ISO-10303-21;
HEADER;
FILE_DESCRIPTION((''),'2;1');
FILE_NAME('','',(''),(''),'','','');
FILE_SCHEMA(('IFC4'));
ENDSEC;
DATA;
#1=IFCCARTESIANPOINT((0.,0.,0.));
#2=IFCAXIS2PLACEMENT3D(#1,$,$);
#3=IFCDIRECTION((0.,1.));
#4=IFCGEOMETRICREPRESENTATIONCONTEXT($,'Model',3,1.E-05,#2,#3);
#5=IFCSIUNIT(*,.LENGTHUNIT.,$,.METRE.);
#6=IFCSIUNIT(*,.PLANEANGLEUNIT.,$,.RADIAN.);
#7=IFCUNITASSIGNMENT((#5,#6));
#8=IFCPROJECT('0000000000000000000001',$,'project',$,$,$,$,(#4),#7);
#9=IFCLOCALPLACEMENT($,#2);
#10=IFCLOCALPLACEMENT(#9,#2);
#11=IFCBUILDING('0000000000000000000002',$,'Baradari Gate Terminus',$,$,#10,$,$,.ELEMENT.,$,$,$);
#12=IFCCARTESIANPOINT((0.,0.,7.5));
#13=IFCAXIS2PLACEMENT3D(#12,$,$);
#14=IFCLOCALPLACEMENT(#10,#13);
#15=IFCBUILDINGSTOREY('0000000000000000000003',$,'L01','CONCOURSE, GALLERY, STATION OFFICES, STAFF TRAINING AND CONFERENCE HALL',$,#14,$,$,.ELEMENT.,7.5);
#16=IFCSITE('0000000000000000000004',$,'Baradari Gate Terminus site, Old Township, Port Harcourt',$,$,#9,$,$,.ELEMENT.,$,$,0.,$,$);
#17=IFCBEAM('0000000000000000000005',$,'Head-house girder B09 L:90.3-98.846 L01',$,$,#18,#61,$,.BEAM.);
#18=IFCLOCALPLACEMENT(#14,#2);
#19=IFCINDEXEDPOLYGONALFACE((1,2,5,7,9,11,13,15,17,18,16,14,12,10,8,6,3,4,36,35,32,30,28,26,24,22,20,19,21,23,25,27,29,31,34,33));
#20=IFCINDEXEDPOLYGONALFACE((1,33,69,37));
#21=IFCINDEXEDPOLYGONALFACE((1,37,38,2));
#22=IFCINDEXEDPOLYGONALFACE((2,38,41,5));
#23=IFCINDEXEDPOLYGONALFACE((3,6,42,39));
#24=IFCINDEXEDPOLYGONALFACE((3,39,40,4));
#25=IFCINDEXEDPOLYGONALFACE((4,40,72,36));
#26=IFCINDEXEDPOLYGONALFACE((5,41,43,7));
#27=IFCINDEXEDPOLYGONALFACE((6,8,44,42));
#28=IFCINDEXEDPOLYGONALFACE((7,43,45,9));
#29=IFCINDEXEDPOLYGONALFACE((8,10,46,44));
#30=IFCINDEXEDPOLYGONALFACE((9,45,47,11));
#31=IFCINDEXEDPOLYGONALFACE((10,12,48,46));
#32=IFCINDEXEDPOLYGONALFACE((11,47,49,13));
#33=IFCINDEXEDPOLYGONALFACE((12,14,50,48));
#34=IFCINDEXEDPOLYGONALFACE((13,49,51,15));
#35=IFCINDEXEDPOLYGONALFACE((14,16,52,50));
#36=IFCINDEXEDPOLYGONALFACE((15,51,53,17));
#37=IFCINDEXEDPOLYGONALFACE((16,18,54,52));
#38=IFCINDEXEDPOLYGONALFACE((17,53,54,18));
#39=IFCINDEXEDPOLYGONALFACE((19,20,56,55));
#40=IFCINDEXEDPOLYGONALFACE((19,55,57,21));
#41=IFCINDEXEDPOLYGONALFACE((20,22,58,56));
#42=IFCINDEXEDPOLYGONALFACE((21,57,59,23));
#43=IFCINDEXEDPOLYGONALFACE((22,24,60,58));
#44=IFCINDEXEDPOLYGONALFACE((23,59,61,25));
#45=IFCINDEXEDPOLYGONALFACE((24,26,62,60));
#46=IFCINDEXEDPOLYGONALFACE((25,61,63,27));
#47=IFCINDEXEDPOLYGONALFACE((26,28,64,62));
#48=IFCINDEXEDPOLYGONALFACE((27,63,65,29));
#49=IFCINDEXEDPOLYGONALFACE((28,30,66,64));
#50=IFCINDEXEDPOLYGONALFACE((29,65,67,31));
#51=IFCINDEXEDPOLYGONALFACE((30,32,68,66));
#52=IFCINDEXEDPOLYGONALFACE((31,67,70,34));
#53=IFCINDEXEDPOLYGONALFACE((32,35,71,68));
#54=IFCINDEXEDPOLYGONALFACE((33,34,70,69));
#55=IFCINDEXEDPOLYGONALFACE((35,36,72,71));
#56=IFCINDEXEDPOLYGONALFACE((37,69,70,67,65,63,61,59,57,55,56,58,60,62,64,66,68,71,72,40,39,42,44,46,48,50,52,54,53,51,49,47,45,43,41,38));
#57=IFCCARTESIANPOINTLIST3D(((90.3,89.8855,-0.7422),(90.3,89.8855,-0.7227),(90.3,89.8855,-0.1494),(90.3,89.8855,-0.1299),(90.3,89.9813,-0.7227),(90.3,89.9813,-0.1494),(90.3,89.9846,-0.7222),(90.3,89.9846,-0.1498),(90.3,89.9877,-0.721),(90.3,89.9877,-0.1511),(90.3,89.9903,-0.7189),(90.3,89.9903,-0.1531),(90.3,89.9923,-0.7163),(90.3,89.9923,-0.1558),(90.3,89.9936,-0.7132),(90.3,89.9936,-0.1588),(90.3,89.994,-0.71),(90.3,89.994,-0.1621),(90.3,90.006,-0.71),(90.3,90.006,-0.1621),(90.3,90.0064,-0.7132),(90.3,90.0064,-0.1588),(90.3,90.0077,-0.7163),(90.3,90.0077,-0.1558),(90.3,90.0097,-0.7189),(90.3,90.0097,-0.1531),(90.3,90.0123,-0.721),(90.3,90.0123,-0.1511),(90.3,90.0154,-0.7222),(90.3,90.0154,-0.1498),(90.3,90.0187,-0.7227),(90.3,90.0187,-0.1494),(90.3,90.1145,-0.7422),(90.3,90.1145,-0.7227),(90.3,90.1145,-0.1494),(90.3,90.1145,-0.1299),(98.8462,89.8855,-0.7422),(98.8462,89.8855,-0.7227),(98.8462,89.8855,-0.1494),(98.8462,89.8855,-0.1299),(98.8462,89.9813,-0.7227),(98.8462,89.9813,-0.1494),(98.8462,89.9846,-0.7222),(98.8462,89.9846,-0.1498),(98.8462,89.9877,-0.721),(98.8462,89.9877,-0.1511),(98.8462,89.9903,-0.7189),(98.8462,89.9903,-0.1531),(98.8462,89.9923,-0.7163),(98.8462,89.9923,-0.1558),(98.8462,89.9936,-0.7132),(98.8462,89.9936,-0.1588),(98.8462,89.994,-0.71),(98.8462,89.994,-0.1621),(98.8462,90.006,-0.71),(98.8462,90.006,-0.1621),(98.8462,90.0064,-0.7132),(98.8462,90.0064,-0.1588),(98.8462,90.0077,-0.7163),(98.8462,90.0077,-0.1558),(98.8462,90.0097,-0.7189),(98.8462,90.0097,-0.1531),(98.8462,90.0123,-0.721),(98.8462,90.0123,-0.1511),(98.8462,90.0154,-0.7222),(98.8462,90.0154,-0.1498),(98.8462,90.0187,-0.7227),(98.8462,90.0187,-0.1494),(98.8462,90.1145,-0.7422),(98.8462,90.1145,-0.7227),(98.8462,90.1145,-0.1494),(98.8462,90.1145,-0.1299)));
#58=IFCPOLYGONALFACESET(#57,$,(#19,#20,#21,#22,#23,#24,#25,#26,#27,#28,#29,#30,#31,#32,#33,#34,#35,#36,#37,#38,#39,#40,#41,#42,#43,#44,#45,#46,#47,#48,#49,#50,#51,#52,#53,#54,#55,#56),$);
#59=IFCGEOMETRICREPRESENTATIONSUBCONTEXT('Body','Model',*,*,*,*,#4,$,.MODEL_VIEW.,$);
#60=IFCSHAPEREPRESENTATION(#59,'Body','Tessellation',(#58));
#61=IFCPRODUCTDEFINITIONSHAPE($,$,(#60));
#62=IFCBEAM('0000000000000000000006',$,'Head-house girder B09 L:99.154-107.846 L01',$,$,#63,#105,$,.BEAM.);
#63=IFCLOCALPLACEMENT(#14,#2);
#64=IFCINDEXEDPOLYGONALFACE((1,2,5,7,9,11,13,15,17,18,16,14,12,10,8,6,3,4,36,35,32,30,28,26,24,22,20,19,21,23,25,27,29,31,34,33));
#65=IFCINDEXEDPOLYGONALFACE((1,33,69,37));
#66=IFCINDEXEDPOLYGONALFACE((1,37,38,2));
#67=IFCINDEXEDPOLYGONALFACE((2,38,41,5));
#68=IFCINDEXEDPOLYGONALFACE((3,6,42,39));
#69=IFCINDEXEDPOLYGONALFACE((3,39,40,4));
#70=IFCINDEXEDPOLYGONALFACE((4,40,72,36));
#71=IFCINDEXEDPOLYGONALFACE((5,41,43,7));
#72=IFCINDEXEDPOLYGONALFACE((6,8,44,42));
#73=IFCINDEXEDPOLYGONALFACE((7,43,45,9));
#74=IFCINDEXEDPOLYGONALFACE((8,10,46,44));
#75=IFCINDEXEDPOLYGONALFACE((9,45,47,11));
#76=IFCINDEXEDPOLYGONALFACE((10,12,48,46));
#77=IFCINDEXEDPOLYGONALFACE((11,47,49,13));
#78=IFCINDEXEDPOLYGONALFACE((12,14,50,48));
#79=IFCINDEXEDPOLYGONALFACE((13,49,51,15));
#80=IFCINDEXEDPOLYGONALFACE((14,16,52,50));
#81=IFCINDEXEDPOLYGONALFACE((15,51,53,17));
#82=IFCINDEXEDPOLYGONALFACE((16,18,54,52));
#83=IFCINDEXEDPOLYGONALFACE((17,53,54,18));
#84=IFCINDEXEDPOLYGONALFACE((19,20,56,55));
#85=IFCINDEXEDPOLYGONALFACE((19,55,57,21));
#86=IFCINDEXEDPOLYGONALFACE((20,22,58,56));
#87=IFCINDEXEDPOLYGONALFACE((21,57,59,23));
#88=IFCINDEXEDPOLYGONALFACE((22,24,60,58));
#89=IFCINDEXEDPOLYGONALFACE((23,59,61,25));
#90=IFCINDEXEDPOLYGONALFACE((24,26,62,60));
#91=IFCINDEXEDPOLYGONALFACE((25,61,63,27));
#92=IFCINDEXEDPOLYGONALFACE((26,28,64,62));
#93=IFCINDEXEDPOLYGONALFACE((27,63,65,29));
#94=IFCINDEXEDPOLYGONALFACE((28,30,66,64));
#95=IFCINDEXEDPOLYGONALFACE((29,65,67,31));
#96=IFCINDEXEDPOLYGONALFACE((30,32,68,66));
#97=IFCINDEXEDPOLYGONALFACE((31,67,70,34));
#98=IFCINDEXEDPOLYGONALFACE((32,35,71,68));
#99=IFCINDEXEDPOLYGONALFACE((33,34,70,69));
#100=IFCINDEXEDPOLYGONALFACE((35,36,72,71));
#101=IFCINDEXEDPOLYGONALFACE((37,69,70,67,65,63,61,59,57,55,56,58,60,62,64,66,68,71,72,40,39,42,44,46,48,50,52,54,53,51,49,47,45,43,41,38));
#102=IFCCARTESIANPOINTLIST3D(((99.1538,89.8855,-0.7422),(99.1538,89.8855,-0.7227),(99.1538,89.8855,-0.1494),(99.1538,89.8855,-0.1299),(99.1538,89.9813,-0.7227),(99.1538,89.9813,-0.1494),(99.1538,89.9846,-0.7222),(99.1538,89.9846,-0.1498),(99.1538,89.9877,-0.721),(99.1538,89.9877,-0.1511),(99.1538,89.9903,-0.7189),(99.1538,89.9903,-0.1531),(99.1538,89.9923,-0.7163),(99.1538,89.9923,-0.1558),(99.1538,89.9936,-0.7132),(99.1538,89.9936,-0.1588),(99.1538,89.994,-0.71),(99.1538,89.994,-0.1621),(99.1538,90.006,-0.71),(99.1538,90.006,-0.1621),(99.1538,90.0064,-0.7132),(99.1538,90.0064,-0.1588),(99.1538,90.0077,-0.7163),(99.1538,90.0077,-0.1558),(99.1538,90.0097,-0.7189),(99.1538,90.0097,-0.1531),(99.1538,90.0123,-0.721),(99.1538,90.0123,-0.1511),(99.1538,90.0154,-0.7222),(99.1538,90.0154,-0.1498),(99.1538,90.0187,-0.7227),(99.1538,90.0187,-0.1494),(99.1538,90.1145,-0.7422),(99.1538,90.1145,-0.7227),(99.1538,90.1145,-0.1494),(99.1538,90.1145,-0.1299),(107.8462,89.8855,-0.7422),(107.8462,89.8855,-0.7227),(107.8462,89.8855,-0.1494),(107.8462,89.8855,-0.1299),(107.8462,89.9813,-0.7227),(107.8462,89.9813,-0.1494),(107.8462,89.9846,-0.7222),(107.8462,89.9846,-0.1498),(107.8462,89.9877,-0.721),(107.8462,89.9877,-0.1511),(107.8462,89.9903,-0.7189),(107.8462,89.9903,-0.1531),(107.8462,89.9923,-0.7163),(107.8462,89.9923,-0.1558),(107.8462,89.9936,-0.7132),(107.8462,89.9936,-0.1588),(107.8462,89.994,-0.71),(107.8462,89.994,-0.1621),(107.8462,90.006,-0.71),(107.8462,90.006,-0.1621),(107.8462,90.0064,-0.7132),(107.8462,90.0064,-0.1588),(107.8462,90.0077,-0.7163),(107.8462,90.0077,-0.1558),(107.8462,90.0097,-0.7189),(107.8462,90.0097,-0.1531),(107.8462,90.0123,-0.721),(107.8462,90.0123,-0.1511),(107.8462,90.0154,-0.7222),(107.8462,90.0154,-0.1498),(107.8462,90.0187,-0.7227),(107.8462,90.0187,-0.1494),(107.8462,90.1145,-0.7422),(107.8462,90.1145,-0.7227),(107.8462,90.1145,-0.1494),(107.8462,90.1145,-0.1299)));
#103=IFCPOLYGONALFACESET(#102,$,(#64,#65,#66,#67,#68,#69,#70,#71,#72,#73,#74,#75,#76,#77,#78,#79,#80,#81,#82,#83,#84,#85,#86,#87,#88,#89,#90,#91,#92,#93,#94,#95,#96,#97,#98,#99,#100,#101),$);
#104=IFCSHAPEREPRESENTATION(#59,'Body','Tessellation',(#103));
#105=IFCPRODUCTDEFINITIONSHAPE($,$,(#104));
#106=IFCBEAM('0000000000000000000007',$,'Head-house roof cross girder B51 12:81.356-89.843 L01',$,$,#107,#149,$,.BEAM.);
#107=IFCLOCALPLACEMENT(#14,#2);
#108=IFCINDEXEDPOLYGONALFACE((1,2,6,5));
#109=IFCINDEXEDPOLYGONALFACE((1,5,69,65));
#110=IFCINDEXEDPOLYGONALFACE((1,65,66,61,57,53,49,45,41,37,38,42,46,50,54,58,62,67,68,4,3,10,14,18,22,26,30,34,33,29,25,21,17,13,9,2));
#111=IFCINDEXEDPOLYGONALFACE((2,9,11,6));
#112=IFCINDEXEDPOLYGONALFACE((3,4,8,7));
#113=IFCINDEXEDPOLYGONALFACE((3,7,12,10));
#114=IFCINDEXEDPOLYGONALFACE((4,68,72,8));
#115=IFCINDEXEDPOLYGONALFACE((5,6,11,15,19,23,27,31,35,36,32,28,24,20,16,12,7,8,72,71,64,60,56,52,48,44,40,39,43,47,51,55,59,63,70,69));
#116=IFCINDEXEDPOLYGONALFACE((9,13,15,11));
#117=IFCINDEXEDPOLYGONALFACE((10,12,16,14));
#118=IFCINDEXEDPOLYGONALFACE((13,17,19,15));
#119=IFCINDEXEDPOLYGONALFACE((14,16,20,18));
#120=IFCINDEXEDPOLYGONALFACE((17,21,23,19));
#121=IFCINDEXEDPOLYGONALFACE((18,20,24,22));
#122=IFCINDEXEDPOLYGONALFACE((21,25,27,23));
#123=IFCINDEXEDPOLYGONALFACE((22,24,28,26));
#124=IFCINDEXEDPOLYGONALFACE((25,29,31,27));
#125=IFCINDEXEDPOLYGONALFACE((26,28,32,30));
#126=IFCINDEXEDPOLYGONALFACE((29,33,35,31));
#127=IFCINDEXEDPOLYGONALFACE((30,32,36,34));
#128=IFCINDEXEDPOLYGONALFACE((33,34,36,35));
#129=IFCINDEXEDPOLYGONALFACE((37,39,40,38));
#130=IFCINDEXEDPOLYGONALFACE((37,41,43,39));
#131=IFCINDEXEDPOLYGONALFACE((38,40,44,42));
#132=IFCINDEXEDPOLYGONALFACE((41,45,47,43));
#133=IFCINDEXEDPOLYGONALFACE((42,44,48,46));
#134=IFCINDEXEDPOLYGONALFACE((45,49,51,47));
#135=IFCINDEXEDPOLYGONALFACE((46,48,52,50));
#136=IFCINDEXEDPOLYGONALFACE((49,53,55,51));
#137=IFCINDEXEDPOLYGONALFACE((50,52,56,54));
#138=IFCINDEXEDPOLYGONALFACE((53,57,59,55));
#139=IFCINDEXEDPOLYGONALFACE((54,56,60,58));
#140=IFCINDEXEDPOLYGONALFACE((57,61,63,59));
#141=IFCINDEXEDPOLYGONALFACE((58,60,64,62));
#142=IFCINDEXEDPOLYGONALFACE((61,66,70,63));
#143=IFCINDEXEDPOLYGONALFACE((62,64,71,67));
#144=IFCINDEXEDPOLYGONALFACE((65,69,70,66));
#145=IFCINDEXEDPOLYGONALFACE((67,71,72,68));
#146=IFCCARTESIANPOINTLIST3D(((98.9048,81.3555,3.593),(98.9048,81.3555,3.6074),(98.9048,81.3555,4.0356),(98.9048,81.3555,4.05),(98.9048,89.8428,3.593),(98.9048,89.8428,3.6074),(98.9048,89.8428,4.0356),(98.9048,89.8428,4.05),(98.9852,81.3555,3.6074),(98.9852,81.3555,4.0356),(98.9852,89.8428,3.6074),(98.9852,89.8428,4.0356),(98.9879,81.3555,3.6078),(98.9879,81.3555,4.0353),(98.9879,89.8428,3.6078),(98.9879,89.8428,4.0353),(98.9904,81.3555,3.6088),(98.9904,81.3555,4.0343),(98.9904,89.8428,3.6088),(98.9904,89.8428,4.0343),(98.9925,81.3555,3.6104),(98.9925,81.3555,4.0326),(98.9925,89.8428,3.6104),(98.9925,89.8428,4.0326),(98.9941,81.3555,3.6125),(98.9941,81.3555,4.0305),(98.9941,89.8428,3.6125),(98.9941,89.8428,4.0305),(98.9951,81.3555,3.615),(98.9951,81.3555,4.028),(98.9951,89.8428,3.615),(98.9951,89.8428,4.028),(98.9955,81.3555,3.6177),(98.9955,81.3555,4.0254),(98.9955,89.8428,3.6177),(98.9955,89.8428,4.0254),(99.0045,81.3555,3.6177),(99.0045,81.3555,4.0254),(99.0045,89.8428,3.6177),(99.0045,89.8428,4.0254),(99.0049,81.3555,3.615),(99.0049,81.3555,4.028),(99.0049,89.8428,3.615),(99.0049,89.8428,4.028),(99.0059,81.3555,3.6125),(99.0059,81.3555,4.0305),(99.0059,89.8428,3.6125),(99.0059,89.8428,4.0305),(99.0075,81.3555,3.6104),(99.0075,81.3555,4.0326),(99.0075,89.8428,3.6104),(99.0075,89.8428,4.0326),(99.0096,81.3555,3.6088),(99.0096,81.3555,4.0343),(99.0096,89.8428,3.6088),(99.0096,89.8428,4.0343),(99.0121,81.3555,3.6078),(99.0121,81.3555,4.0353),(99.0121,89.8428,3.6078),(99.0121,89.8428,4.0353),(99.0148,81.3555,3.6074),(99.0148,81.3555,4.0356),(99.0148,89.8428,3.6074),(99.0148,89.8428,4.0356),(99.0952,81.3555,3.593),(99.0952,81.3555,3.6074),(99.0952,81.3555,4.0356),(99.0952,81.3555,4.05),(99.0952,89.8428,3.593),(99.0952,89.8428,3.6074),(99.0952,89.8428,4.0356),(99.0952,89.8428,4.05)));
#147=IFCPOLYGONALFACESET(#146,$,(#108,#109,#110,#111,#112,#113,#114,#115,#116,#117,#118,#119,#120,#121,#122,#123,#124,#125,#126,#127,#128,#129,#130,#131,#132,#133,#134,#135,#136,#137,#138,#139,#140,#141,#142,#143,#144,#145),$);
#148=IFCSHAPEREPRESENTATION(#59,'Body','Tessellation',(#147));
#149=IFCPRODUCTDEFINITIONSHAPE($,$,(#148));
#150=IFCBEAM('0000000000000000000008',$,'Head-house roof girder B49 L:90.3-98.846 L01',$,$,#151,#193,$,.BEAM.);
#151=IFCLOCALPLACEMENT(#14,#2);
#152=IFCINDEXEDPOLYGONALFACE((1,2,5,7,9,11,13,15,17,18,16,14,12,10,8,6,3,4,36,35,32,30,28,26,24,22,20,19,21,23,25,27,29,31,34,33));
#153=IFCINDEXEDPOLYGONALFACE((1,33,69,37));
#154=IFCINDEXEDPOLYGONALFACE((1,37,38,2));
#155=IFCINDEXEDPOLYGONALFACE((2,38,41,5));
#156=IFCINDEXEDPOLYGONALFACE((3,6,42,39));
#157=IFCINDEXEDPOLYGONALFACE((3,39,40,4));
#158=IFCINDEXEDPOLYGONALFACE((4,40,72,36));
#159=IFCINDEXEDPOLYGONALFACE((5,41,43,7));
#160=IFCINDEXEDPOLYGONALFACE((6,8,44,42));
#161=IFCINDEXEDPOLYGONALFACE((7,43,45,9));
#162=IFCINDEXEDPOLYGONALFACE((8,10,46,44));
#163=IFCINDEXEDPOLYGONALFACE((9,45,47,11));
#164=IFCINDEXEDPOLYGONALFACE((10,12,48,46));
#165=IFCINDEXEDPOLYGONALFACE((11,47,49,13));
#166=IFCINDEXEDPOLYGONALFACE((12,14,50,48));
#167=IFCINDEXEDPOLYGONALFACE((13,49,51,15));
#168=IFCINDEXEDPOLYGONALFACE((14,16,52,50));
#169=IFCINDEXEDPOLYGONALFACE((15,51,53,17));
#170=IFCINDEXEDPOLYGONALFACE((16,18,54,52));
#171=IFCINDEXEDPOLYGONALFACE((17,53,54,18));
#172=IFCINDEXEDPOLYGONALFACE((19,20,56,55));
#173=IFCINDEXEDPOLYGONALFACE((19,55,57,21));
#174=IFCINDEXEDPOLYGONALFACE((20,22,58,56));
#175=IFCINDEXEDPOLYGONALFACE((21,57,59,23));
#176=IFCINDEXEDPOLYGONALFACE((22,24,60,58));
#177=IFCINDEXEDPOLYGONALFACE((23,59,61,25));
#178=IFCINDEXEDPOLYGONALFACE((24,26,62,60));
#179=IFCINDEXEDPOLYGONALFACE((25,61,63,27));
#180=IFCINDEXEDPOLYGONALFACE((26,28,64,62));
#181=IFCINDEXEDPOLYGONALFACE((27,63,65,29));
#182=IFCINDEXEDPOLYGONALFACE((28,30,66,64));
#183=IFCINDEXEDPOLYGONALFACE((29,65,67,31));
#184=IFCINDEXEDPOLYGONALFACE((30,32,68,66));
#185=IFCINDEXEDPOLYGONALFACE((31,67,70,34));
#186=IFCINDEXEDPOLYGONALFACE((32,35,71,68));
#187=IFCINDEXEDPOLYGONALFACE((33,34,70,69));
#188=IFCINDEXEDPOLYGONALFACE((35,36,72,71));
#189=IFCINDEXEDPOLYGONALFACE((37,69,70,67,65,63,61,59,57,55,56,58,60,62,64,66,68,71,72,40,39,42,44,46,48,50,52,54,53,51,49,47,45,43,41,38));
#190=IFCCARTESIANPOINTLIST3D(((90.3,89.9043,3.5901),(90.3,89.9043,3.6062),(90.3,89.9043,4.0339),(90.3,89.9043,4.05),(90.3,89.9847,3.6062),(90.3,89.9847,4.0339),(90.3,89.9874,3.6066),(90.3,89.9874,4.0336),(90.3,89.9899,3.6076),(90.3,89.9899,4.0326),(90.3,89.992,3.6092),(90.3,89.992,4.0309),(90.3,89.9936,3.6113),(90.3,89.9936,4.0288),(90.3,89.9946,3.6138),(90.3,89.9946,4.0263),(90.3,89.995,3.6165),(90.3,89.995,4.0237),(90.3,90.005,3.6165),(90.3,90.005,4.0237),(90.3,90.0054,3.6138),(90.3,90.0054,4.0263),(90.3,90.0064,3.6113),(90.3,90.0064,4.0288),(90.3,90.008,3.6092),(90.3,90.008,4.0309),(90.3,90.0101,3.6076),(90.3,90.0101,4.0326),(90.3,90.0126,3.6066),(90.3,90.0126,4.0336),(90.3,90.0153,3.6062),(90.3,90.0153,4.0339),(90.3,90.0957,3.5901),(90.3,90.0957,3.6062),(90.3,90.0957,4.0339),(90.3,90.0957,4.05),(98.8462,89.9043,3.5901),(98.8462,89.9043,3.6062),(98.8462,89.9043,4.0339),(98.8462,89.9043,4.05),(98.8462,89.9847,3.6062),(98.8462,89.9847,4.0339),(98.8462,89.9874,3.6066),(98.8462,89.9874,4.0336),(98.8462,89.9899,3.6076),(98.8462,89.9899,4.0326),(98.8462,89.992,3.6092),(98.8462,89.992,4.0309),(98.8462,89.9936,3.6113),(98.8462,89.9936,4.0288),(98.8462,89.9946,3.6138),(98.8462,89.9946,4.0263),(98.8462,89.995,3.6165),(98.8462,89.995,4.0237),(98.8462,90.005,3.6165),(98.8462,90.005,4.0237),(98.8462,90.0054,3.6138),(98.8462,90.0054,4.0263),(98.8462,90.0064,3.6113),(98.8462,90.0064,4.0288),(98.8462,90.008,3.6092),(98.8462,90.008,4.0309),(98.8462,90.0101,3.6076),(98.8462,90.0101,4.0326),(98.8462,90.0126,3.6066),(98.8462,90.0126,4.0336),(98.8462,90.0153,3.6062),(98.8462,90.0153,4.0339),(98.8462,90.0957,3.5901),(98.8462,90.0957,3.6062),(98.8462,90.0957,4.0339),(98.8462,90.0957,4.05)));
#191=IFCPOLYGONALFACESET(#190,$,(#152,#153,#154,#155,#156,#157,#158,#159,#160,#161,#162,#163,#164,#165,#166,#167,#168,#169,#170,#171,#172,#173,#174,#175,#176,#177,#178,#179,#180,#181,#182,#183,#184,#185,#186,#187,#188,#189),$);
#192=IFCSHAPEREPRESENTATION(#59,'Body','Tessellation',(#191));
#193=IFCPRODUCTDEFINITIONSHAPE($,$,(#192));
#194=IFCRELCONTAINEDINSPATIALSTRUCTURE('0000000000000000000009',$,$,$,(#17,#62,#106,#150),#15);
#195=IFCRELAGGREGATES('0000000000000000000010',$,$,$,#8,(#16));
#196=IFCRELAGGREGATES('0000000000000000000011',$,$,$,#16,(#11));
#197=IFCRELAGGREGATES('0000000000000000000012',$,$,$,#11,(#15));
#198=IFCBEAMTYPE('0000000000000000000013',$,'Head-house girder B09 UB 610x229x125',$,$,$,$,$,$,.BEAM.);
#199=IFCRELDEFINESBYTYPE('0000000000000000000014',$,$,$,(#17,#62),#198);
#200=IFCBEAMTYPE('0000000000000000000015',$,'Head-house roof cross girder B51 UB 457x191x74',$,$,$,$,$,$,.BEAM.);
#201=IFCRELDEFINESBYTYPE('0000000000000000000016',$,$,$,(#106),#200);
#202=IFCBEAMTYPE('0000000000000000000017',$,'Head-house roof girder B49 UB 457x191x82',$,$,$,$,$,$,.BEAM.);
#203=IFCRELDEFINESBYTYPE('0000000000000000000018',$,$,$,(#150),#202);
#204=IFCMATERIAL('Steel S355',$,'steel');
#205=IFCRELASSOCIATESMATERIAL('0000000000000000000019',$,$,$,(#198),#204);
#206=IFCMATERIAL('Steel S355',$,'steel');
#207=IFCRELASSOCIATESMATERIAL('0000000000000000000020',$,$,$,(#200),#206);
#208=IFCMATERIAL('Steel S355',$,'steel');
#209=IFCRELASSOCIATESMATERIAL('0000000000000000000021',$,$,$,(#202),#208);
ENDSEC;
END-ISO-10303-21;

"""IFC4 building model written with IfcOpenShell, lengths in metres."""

from ifc_helpers import new_model, si_unit, direction, frame, origin, origin_2d, place, context, subcontext, project, spatial, i_section, extrude, material, material_profile, profile_set, type_object, element, save


model = new_model("IFC4")

# Units and contexts
model_context = context("Model", 3, precision=1e-05, world=origin(), true_north=direction((0.0, 1.0)))
body_context = subcontext(model_context, "Body", "Model", "MODEL_VIEW")
ifc_project = project(units=[si_unit("LENGTHUNIT", "METRE"), si_unit("PLANEANGLEUNIT", "RADIAN")], contexts=[model_context])

# Site, building, storey
site_placement = place(None, origin())
site = spatial("IfcSite", under=ifc_project, at=site_placement, Name="Baradari Gate Terminus site, Old Township, Port Harcourt", CompositionType="ELEMENT", RefElevation=0.0)
building_placement = place(site_placement, origin())
building = spatial("IfcBuilding", under=site, at=building_placement, Name="Baradari Gate Terminus", CompositionType="ELEMENT")
storey_placement = place(building_placement, frame((0.0, 0.0, 7.5)))
storey = spatial("IfcBuildingStorey", under=building, at=storey_placement, Name="L01", Description="CONCOURSE, GALLERY, STATION OFFICES, STAFF TRAINING AND CONFERENCE HALL", CompositionType="ELEMENT", Elevation=7.5)

# Beams
ifc_material_1 = material(Name="Steel S355", Category="steel")
ifc_material_profile_1 = material_profile(ifc_material_1, i_section(OverallWidth=0.229, OverallDepth=0.6123, WebThickness=0.012, FlangeThickness=0.0195, FilletRadius=0.0127, at=origin_2d()), Name="UB 610x229x125")
ifc_profile_set_1 = profile_set([ifc_material_profile_1], Name="Steel S355")
beam_type_1 = type_object("IfcBeamType", Name="Head-house girder B09 UB 610x229x125", PredefinedType="BEAM", material=ifc_profile_set_1)
beam_1_placement = place(storey_placement, frame((90.3, 90.0, -0.436), z_axis=(1.0, 0.0, 0.0), x_axis=(0.0, 1.0, 0.0)))
element("IfcBeam", 1, at=beam_1_placement, inside=storey, type_object=beam_type_1, Name="Head-house girder B09 L:90.3-98.846 L01", PredefinedType="BEAM", context=body_context, shape_type="SweptSolid", body=[
    extrude(i_section(OverallWidth=0.229, OverallDepth=0.6123, WebThickness=0.012, FlangeThickness=0.0195, FilletRadius=0.0127, at=origin_2d()), origin(), (0.0, 0.0, 1.0), 8.5461),
])
beam_2_placement = place(storey_placement, frame((99.1538, 90.0, -0.436), z_axis=(1.0, 0.0, 0.0), x_axis=(0.0, 1.0, 0.0)))
element("IfcBeam", 2, at=beam_2_placement, inside=storey, type_object=beam_type_1, Name="Head-house girder B09 L:99.154-107.846 L01", PredefinedType="BEAM", context=body_context, shape_type="SweptSolid", body=[
    extrude(i_section(OverallWidth=0.229, OverallDepth=0.6123, WebThickness=0.012, FlangeThickness=0.0195, FilletRadius=0.0127, at=origin_2d()), origin(), (0.0, 0.0, 1.0), 8.6924),
])
ifc_material_2 = material(Name="Steel S355", Category="steel")
ifc_material_profile_2 = material_profile(ifc_material_2, i_section(OverallWidth=0.1904, OverallDepth=0.457, WebThickness=0.009, FlangeThickness=0.0144, FilletRadius=0.0103, at=origin_2d()), Name="UB 457x191x74")
ifc_profile_set_2 = profile_set([ifc_material_profile_2], Name="Steel S355")
beam_type_2 = type_object("IfcBeamType", Name="Head-house roof cross girder B51 UB 457x191x74", PredefinedType="BEAM", material=ifc_profile_set_2)
beam_3_placement = place(storey_placement, frame((99.0, 81.3555, 3.8215), z_axis=(0.0, 1.0, 0.0), x_axis=(-1.0, 0.0, 0.0)))
element("IfcBeam", 3, at=beam_3_placement, inside=storey, type_object=beam_type_2, Name="Head-house roof cross girder B51 12:81.356-89.843 L01", PredefinedType="BEAM", context=body_context, shape_type="SweptSolid", body=[
    extrude(i_section(OverallWidth=0.1904, OverallDepth=0.457, WebThickness=0.009, FlangeThickness=0.0144, FilletRadius=0.0103, at=origin_2d()), origin(), (0.0, 0.0, 1.0), 8.4873),
])
ifc_material_3 = material(Name="Steel S355", Category="steel")
ifc_material_profile_3 = material_profile(ifc_material_3, i_section(OverallWidth=0.1914, OverallDepth=0.46, WebThickness=0.01, FlangeThickness=0.0161, FilletRadius=0.0103, at=origin_2d()), Name="UB 457x191x82")
ifc_profile_set_3 = profile_set([ifc_material_profile_3], Name="Steel S355")
beam_type_3 = type_object("IfcBeamType", Name="Head-house roof girder B49 UB 457x191x82", PredefinedType="BEAM", material=ifc_profile_set_3)
beam_4_placement = place(storey_placement, frame((90.3, 90.0, 3.8201), z_axis=(1.0, 0.0, 0.0), x_axis=(0.0, 1.0, 0.0)))
element("IfcBeam", 4, at=beam_4_placement, inside=storey, type_object=beam_type_3, Name="Head-house roof girder B49 L:90.3-98.846 L01", PredefinedType="BEAM", context=body_context, shape_type="SweptSolid", body=[
    extrude(i_section(OverallWidth=0.1914, OverallDepth=0.46, WebThickness=0.01, FlangeThickness=0.0161, FilletRadius=0.0103, at=origin_2d()), origin(), (0.0, 0.0, 1.0), 8.5461),
])

save(model, "model.ifc")
